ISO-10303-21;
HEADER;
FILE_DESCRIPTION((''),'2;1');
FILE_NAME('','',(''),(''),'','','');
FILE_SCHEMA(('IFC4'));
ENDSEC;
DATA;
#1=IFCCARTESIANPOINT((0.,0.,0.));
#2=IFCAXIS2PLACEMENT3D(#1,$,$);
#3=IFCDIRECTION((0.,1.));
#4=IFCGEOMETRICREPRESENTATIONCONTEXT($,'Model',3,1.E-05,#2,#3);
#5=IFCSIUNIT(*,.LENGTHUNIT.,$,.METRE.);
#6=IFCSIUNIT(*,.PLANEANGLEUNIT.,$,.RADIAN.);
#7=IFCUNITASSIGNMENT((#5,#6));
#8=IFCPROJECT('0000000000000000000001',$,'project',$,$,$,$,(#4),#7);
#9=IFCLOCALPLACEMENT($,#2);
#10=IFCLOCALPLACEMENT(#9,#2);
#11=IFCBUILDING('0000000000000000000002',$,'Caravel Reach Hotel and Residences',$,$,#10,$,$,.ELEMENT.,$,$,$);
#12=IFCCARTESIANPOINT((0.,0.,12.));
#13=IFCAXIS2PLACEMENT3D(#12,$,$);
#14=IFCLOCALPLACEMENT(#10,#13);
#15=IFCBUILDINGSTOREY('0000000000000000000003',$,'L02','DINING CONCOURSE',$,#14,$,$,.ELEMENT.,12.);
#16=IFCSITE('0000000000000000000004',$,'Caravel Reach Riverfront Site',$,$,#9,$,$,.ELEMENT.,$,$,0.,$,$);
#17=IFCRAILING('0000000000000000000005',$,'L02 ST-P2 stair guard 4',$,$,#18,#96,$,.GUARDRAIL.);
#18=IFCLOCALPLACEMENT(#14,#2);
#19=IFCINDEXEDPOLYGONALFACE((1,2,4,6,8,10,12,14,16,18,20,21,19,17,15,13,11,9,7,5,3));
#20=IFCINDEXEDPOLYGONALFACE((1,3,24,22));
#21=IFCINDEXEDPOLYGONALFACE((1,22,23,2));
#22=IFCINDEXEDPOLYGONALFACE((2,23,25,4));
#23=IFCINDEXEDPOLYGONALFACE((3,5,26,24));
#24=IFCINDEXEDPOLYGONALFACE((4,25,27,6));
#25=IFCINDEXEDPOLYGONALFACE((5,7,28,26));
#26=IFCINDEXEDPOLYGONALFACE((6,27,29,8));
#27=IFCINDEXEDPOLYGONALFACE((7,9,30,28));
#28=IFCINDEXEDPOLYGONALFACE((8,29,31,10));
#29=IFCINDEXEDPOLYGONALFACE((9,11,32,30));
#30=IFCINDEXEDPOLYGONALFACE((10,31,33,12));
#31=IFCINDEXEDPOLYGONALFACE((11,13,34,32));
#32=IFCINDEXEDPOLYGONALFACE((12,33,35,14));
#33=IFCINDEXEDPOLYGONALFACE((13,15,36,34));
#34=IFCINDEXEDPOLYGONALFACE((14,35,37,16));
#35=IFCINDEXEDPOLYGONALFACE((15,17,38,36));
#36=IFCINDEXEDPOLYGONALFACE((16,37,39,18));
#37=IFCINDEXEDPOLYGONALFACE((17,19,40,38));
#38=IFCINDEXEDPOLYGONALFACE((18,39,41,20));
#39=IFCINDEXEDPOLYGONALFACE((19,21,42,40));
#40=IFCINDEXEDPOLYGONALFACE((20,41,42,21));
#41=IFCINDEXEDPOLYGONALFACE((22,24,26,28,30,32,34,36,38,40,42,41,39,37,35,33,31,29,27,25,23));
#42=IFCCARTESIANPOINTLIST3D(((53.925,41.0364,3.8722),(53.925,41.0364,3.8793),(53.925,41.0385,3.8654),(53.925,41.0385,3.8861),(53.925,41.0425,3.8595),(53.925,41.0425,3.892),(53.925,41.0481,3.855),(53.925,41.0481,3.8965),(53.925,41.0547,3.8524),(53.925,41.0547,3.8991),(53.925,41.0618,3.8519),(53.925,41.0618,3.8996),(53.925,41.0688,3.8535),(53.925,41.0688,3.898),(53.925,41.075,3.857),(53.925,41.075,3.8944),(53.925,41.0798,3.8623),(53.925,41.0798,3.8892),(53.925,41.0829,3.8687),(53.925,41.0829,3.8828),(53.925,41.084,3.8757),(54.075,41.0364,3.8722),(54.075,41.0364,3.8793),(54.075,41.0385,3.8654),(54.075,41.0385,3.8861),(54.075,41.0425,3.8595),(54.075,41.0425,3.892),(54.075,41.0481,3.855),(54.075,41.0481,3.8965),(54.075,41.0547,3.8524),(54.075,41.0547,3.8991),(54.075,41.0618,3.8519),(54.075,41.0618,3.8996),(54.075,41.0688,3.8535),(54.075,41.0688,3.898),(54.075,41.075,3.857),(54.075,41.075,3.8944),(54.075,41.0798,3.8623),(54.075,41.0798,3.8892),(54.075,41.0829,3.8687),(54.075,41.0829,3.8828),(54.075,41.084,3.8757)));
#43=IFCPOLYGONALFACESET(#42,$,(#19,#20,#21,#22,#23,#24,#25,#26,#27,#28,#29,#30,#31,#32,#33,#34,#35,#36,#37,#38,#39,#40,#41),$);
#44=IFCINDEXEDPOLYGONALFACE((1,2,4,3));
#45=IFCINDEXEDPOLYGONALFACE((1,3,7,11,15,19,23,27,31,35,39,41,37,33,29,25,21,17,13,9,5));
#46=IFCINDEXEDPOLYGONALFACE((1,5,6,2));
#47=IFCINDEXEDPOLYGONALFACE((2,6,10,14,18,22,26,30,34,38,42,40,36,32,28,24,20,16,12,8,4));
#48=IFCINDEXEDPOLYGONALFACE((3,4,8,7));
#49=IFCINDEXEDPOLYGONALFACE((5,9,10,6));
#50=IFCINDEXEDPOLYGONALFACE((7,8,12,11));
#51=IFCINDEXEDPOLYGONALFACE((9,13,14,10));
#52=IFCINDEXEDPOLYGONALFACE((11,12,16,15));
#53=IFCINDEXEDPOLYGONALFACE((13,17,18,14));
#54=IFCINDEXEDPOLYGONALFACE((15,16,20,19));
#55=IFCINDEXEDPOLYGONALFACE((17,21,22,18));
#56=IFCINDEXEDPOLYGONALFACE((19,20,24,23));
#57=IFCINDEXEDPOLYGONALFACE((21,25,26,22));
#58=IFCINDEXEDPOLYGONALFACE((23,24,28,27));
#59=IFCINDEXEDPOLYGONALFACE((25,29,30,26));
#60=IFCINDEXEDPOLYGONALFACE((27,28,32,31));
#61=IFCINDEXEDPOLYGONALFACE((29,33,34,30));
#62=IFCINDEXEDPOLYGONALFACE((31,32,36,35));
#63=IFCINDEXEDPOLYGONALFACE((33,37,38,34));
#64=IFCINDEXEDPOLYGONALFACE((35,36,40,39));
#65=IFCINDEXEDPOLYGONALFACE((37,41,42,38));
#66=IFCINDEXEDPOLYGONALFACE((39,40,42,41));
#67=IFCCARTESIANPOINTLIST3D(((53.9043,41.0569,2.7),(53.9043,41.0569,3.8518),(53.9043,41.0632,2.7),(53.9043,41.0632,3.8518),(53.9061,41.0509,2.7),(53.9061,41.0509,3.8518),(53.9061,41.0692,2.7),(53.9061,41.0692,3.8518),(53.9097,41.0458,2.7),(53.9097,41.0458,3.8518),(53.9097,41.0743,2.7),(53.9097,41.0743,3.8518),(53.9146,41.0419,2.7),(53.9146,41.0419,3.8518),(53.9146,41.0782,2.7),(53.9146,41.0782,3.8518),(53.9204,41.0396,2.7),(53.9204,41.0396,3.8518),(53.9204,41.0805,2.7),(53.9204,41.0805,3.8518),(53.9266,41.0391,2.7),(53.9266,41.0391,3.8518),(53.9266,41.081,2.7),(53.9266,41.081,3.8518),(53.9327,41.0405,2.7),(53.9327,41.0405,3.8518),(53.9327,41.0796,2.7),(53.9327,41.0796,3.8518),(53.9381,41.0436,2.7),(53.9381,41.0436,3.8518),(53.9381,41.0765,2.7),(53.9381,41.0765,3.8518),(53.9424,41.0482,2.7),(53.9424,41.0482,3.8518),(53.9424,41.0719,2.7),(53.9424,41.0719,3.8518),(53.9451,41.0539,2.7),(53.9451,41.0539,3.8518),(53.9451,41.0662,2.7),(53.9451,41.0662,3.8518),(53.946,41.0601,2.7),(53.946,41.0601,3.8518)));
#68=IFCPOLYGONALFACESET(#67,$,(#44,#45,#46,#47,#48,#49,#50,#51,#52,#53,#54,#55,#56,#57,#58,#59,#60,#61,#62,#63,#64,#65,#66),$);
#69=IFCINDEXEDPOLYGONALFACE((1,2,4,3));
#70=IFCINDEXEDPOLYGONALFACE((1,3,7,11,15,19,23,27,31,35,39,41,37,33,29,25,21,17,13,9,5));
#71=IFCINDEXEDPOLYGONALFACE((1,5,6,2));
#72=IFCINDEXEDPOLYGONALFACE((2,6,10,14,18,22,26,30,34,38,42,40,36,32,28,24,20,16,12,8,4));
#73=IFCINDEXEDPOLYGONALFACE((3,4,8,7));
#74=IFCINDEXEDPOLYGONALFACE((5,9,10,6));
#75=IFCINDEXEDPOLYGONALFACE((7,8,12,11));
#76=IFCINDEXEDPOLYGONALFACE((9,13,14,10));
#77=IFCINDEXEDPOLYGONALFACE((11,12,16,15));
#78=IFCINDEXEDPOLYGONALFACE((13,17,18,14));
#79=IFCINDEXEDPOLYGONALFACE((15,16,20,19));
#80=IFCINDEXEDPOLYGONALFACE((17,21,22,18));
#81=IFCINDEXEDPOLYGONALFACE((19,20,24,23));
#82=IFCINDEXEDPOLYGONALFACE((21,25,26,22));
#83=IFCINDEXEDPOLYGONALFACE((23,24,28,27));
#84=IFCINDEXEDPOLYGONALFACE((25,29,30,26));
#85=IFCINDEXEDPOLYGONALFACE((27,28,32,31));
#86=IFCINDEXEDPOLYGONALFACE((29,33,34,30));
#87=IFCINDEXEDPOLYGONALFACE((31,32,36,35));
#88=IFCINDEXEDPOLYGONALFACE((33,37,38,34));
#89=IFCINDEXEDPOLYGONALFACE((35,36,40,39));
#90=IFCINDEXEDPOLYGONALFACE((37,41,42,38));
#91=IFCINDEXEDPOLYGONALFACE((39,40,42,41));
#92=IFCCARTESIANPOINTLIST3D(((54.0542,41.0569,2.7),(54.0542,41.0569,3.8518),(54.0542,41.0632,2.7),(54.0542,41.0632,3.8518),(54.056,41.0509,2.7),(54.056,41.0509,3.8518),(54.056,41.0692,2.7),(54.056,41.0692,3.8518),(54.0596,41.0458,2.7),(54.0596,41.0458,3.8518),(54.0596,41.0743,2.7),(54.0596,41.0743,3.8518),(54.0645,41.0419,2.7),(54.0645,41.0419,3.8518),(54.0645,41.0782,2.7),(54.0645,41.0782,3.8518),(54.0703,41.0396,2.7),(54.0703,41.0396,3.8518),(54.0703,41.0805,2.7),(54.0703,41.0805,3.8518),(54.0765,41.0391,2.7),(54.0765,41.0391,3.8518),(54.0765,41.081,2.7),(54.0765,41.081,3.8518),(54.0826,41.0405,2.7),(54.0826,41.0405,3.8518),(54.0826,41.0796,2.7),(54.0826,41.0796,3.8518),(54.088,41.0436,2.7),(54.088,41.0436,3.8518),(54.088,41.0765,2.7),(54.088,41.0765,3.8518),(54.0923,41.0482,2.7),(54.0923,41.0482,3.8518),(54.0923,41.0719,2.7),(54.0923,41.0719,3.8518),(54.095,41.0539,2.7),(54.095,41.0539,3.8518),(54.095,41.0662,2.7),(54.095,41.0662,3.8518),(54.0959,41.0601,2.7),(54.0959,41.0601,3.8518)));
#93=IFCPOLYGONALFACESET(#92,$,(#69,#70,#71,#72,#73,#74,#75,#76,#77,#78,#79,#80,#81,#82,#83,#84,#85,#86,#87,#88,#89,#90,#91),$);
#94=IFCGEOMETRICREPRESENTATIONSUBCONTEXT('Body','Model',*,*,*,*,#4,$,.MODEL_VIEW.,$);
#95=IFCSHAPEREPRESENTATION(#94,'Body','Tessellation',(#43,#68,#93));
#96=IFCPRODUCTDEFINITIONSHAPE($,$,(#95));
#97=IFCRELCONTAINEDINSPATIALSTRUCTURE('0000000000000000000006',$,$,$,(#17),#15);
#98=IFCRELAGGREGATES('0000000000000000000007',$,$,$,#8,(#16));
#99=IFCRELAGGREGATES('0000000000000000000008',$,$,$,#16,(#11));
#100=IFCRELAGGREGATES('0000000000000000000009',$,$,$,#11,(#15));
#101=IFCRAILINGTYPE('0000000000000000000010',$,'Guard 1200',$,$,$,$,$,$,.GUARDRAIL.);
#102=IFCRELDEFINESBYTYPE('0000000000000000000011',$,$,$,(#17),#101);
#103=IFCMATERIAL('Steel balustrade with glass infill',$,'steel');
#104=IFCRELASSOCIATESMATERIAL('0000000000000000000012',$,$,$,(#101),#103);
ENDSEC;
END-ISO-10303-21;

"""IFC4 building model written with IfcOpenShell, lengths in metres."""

from ifc_helpers import new_model, si_unit, direction, frame, origin, origin_2d, place, context, subcontext, project, spatial, circle, extrude, material, type_object, element, save


model = new_model("IFC4")

# Units and contexts
model_context = context("Model", 3, precision=1e-05, world=origin(), true_north=direction((0.0, 1.0)))
body_context = subcontext(model_context, "Body", "Model", "MODEL_VIEW")
ifc_project = project(units=[si_unit("LENGTHUNIT", "METRE"), si_unit("PLANEANGLEUNIT", "RADIAN")], contexts=[model_context])

# Site, building, storey
site_placement = place(None, origin())
site = spatial("IfcSite", under=ifc_project, at=site_placement, Name="Caravel Reach Riverfront Site", CompositionType="ELEMENT", RefElevation=0.0)
building_placement = place(site_placement, origin())
building = spatial("IfcBuilding", under=site, at=building_placement, Name="Caravel Reach Hotel and Residences", CompositionType="ELEMENT")
storey_placement = place(building_placement, frame((0.0, 0.0, 12.0)))
storey = spatial("IfcBuildingStorey", under=building, at=storey_placement, Name="L02", Description="DINING CONCOURSE", CompositionType="ELEMENT", Elevation=12.0)

# Railing
ifc_material_1 = material(Name="Steel balustrade with glass infill", Category="steel")
railing_type_1 = type_object("IfcRailingType", Name="Guard 1200", PredefinedType="GUARDRAIL", material=ifc_material_1)
railing_1_placement = place(storey_placement, frame((53.925, 41.0601, 2.7)))
element("IfcRailing", 1, at=railing_1_placement, inside=storey, type_object=railing_type_1, Name="L02 ST-P2 stair guard 4", PredefinedType="GUARDRAIL", context=body_context, shape_type="SweptSolid", body=[
    extrude(circle(Radius=0.0239, at=origin_2d()), frame((0.0, 0.0, 1.1758), z_axis=(1.0, 0.0, 0.0), x_axis=(0.0, 1.0, 0.0)), (0.0, 0.0, 1.0), 0.1499),
    extrude(circle(Radius=0.021, at=origin_2d()), origin(), (0.0, 0.0, 1.0), 1.1519),
    extrude(circle(Radius=0.021, at=origin_2d()), frame((0.1499, 0.0, 0.0)), (0.0, 0.0, 1.0), 1.1519),
])

save(model, "model.ifc")
